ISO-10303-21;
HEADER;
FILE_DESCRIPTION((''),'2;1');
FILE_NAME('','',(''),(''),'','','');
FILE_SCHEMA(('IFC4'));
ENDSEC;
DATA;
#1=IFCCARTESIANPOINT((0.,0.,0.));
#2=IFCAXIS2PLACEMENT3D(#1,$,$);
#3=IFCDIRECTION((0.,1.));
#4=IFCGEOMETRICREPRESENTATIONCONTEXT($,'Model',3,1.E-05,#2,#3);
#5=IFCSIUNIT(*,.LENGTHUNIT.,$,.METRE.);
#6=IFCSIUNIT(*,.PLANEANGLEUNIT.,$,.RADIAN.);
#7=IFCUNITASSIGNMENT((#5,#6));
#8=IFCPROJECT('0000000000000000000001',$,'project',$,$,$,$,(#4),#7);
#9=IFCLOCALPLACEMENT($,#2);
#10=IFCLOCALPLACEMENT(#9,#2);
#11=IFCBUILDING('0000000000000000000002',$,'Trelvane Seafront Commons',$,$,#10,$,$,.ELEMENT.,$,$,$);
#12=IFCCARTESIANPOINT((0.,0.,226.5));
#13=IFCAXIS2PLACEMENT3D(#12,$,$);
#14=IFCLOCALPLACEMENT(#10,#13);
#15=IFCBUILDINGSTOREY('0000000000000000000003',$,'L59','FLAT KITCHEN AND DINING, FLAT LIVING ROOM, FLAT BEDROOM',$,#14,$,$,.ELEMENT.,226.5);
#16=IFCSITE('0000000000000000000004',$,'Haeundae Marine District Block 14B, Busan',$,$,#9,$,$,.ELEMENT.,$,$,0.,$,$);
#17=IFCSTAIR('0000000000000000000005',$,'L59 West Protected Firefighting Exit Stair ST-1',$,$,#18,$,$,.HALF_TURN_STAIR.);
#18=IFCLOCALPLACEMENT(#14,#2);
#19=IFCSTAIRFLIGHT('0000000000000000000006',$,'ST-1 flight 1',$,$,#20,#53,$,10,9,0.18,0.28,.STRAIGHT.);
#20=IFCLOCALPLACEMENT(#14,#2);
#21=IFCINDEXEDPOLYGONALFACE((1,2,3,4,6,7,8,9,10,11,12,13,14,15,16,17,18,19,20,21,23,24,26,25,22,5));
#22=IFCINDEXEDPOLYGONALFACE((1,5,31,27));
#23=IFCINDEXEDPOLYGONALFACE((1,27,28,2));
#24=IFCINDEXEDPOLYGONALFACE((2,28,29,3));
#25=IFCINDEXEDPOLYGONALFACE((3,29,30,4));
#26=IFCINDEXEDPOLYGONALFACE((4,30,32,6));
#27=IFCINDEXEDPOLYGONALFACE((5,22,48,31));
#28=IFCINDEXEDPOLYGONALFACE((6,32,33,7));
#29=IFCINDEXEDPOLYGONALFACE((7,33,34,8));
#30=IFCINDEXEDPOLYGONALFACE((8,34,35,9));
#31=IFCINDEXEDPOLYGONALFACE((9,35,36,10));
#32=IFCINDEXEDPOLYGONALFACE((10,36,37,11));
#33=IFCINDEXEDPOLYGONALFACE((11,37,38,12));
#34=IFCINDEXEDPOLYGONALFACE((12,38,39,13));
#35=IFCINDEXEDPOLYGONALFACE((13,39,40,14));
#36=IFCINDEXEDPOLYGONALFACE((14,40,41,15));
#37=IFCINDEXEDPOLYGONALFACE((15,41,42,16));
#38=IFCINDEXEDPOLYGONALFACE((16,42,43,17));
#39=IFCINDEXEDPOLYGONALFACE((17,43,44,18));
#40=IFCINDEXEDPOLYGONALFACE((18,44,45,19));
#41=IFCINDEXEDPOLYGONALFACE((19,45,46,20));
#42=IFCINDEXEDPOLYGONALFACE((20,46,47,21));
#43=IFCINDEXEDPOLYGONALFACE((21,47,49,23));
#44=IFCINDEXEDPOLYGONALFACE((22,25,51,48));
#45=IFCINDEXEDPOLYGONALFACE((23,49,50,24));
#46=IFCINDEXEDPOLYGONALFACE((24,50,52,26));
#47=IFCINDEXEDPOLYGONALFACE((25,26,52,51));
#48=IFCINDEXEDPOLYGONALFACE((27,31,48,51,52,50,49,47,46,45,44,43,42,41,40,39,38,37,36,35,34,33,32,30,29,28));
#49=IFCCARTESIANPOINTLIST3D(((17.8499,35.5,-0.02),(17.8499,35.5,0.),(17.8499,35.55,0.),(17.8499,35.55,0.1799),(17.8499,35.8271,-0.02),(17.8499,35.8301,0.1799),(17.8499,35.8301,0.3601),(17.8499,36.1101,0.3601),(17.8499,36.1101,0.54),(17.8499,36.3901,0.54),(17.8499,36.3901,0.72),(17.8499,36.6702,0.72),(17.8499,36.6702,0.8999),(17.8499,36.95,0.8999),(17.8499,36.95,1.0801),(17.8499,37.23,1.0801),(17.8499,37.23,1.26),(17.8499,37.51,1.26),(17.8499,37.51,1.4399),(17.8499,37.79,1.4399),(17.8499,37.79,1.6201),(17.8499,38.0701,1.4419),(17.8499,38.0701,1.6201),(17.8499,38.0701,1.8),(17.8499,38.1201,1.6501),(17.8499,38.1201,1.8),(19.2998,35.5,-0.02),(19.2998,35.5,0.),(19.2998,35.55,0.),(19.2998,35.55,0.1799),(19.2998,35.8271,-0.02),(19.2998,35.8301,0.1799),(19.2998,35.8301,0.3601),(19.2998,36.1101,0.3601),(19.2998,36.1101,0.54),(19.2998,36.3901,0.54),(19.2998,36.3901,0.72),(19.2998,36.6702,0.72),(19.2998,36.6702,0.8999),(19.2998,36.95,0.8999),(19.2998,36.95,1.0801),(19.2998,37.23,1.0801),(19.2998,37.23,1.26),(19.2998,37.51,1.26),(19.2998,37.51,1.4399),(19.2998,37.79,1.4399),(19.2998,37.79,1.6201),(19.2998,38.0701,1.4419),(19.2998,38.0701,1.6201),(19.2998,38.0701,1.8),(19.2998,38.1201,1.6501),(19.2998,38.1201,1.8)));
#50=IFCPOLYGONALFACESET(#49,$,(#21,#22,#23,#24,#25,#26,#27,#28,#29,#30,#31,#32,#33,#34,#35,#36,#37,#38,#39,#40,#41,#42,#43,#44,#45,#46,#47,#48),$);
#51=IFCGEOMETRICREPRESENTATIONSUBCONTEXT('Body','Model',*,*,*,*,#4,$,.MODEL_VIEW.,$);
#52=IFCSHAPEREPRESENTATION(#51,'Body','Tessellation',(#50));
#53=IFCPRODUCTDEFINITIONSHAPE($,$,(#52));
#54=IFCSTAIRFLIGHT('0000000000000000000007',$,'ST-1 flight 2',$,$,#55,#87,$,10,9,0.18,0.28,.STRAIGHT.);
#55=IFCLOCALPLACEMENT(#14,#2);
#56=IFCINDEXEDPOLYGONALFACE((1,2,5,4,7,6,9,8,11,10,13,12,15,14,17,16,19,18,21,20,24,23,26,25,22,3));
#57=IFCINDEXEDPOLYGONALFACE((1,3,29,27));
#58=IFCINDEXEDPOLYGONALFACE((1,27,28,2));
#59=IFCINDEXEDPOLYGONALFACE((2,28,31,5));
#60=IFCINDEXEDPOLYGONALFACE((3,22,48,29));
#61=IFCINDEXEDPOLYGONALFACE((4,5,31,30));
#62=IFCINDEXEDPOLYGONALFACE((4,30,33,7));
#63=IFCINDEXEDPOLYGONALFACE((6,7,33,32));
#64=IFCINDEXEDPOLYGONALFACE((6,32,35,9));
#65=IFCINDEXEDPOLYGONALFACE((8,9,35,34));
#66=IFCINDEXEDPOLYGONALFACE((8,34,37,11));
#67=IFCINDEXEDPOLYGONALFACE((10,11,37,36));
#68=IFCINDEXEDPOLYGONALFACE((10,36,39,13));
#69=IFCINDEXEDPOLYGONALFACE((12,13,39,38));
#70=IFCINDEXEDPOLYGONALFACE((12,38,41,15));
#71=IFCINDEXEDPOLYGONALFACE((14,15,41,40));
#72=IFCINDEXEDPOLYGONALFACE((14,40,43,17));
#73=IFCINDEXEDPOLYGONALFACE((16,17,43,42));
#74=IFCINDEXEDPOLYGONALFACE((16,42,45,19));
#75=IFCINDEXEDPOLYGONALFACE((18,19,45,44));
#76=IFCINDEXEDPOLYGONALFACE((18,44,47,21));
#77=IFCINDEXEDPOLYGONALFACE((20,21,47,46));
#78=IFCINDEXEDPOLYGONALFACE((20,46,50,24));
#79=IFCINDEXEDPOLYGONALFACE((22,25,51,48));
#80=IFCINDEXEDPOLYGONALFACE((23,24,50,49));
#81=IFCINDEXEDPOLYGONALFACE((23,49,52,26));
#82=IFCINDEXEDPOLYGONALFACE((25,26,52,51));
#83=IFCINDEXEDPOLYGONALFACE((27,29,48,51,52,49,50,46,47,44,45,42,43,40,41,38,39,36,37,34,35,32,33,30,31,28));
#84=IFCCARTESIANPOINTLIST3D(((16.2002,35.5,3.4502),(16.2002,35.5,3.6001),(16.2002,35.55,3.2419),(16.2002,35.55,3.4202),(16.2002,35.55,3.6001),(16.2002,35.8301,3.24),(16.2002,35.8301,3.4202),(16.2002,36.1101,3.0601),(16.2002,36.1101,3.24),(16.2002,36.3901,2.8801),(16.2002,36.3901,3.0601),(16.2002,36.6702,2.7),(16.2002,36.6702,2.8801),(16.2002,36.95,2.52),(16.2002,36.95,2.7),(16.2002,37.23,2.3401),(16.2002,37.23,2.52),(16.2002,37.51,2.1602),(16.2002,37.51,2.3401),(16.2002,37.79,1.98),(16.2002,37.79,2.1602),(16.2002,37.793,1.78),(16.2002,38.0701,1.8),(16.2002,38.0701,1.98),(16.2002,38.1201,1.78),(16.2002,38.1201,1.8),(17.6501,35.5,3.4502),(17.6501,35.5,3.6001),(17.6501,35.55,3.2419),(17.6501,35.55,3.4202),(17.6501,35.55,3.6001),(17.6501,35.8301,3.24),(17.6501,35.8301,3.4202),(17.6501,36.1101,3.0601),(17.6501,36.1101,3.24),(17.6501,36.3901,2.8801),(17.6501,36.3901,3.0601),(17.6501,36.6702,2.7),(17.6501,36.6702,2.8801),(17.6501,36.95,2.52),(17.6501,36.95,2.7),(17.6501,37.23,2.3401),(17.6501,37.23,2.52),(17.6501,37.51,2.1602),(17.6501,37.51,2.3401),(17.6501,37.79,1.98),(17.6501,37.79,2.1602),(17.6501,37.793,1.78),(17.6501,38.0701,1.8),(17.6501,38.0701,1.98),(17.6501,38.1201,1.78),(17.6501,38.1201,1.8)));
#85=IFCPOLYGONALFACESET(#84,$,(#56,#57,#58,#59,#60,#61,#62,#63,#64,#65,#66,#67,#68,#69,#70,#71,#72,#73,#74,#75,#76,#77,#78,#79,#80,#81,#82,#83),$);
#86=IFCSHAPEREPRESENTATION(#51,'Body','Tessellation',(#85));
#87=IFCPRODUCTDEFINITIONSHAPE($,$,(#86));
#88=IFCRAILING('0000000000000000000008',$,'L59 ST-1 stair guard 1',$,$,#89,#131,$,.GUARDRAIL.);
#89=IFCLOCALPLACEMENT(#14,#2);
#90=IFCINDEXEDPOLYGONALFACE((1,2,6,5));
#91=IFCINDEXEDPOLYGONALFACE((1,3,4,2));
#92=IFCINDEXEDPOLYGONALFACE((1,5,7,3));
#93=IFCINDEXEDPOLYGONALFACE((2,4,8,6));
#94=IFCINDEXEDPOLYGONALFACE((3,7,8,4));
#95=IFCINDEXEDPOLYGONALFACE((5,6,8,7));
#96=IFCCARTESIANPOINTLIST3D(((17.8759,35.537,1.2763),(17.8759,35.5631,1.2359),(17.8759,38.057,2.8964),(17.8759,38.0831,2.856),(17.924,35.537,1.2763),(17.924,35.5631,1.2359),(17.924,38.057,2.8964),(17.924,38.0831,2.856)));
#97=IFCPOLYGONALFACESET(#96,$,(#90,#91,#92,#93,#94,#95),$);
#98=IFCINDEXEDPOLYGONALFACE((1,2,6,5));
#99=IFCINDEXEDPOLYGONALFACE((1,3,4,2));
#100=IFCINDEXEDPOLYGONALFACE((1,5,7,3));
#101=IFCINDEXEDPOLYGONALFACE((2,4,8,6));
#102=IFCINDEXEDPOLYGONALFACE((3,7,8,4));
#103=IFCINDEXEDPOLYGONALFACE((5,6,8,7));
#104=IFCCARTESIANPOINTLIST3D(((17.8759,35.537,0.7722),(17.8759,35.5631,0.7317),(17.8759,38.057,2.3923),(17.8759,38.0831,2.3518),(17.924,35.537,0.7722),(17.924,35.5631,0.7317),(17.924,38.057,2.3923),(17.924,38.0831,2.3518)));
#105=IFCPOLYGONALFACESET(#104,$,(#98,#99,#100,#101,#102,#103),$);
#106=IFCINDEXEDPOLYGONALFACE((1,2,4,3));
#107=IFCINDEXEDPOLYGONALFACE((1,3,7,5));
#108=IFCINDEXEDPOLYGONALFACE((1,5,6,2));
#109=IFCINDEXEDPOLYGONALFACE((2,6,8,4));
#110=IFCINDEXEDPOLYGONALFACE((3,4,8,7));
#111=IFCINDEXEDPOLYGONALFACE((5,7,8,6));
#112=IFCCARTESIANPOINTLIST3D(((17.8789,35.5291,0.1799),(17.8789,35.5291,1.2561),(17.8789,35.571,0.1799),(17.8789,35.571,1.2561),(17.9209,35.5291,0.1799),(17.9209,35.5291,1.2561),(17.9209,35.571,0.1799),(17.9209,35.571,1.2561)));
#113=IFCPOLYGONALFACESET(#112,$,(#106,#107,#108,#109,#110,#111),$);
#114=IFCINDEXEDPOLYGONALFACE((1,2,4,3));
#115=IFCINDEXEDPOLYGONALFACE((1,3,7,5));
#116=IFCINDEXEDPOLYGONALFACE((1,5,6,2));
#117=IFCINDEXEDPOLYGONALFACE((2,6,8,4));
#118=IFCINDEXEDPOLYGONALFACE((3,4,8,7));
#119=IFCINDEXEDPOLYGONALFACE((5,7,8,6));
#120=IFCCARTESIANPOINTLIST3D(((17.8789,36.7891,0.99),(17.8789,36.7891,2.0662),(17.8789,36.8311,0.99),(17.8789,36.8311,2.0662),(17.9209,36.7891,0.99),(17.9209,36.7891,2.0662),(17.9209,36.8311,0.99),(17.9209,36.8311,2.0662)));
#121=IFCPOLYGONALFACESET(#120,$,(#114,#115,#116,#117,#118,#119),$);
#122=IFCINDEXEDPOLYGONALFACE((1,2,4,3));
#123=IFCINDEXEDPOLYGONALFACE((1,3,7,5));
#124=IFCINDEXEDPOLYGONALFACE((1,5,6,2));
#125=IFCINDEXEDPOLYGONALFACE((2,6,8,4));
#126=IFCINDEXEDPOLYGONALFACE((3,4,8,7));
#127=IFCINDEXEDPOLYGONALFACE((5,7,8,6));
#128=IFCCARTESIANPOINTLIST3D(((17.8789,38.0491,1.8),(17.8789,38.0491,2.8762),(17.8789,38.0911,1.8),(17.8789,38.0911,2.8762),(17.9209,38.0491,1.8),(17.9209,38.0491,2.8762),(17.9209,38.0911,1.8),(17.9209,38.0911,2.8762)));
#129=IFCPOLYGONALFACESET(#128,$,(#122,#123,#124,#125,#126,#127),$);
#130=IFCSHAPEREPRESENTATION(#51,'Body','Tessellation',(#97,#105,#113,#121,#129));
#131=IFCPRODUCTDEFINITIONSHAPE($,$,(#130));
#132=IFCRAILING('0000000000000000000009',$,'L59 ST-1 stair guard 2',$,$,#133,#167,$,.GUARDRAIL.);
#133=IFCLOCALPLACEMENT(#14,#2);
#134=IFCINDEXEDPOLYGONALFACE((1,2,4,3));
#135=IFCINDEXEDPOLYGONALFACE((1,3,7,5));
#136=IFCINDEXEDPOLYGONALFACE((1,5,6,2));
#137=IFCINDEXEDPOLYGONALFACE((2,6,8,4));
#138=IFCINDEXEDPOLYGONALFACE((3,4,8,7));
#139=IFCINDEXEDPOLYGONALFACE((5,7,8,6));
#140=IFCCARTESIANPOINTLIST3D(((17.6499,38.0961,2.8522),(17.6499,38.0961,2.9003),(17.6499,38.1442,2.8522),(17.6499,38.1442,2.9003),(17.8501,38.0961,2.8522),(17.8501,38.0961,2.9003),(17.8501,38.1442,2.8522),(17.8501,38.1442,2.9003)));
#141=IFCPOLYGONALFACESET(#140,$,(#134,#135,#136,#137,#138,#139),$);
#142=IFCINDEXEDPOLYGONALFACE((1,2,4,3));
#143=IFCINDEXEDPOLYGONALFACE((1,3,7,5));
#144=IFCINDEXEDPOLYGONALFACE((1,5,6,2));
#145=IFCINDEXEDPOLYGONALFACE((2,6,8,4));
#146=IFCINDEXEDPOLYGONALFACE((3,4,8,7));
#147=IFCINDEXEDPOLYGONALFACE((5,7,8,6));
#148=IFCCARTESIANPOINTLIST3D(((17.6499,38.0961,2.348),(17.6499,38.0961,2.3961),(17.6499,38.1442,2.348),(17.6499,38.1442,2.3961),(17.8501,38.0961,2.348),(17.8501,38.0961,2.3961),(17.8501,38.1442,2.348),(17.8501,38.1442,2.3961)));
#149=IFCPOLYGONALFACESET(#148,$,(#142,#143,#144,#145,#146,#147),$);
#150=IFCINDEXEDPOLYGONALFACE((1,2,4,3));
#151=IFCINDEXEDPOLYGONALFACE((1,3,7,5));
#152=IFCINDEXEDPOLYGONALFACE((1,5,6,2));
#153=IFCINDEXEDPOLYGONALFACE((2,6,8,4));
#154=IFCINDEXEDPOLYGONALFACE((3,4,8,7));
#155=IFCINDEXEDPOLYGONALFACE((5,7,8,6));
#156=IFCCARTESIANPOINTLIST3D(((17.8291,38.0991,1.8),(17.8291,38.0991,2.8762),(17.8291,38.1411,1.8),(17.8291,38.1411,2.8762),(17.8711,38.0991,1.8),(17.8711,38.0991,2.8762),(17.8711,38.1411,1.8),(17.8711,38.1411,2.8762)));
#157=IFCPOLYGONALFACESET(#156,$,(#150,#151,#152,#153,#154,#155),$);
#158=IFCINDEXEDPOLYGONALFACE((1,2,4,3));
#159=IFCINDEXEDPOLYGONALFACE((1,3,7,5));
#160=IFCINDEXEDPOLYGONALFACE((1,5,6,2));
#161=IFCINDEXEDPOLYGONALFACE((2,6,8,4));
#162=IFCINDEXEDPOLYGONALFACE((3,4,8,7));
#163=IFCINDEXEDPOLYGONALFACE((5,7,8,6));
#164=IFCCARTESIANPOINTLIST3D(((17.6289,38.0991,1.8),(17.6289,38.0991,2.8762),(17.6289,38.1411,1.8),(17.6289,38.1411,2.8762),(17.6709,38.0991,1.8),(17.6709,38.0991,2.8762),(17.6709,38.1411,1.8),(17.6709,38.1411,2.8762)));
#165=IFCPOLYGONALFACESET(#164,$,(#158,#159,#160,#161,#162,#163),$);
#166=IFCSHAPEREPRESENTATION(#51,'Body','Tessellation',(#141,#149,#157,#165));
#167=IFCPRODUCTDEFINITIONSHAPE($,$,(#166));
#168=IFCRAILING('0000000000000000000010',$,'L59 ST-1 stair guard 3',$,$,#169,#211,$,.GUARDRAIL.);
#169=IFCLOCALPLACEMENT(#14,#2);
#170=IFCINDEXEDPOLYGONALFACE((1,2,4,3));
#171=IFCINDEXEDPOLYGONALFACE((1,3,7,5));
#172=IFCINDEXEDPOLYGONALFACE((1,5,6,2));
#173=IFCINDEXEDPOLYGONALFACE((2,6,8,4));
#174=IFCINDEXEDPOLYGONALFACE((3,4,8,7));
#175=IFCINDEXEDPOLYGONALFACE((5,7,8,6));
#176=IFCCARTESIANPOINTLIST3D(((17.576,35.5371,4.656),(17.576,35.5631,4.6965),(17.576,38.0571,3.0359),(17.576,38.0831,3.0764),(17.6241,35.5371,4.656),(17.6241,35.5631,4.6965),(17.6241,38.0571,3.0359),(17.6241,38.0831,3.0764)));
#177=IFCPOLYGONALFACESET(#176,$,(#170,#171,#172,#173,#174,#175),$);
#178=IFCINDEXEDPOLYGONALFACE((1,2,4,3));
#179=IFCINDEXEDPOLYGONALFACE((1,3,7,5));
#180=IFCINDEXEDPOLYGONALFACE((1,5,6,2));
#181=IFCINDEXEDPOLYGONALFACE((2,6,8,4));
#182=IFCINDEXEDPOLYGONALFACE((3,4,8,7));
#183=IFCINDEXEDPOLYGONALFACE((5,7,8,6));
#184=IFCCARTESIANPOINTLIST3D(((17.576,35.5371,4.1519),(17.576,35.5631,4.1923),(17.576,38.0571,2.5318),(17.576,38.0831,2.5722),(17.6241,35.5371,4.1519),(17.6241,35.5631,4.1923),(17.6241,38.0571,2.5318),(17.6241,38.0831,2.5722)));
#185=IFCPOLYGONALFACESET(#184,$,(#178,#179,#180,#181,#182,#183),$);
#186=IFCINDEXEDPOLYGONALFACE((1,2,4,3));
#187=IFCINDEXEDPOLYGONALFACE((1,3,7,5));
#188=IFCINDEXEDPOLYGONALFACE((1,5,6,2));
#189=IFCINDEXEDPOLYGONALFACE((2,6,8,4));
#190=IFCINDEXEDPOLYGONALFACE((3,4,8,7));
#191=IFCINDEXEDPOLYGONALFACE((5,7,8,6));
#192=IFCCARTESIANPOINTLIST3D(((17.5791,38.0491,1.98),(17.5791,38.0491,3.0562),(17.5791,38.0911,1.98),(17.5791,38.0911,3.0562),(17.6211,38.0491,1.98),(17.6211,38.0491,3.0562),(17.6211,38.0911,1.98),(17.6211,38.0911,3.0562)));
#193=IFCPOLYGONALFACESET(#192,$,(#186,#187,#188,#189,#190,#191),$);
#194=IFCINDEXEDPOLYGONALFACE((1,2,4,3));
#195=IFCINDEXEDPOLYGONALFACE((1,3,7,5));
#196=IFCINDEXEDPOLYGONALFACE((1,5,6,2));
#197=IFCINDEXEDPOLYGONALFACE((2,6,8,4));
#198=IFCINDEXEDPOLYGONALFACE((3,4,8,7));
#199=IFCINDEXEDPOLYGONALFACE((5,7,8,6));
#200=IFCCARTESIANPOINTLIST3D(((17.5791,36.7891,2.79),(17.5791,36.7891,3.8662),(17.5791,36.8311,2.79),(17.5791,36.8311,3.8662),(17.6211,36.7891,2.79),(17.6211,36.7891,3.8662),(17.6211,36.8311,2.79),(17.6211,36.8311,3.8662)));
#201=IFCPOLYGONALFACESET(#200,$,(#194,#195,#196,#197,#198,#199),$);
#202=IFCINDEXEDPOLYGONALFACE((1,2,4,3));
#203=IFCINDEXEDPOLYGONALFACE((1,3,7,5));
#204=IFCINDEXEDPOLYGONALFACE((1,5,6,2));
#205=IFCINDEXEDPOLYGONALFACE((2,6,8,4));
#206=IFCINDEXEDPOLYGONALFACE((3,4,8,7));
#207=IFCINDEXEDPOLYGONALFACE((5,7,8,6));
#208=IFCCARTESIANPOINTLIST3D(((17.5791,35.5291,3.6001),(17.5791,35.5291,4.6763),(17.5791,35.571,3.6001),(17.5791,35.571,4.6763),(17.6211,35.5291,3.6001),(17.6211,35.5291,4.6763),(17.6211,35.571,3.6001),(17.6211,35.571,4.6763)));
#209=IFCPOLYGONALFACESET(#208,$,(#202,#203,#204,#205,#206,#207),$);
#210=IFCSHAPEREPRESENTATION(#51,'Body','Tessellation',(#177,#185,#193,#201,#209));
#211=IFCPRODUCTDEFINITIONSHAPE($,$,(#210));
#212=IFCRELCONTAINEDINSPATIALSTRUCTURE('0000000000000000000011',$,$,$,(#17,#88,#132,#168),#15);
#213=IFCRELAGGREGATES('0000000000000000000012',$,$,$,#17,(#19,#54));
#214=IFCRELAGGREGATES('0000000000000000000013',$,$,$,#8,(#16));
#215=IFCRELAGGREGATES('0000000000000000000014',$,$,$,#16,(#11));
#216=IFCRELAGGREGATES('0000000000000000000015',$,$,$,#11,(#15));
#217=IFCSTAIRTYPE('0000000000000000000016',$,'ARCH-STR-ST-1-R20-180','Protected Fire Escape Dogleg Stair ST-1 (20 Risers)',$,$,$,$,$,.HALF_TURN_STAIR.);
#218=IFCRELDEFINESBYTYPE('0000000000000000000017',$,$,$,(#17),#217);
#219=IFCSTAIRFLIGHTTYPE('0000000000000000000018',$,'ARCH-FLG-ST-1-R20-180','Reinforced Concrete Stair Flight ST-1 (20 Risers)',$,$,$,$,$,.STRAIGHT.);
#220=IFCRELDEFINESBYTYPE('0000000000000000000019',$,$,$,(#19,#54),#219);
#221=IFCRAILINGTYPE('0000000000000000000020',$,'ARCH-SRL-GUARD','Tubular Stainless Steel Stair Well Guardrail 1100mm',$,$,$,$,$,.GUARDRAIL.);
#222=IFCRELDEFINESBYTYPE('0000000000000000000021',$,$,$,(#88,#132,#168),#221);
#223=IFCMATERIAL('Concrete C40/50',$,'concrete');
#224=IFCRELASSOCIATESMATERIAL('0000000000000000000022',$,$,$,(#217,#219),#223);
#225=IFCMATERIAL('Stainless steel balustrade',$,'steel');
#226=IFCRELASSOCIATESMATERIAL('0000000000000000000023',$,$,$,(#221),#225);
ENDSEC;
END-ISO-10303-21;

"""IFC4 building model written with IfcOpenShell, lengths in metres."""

from ifc_helpers import new_model, si_unit, direction, frame, origin, origin_2d, place, context, subcontext, project, spatial, polyline, rectangle, outline, extrude, source, transform, mapped, material, type_object, element, aggregate, save


model = new_model("IFC4")

# Units and contexts
model_context = context("Model", 3, precision=1e-05, world=origin(), true_north=direction((0.0, 1.0)))
body_context = subcontext(model_context, "Body", "Model", "MODEL_VIEW")
ifc_project = project(units=[si_unit("LENGTHUNIT", "METRE"), si_unit("PLANEANGLEUNIT", "RADIAN")], contexts=[model_context])

# Site, building, storey
site_placement = place(None, origin())
site = spatial("IfcSite", under=ifc_project, at=site_placement, Name="Haeundae Marine District Block 14B, Busan", CompositionType="ELEMENT", RefElevation=0.0)
building_placement = place(site_placement, origin())
building = spatial("IfcBuilding", under=site, at=building_placement, Name="Trelvane Seafront Commons", CompositionType="ELEMENT")
storey_placement = place(building_placement, frame((0.0, 0.0, 226.5)))
storey = spatial("IfcBuildingStorey", under=building, at=storey_placement, Name="L59", Description="FLAT KITCHEN AND DINING, FLAT LIVING ROOM, FLAT BEDROOM", CompositionType="ELEMENT", Elevation=226.5)

# Shared definitions
ifc_material_1 = material(Name="Concrete C40/50", Category="concrete")
ifc_material_2 = material(Name="Stainless steel balustrade", Category="steel")

# Stair, stair flights
stair_type = type_object("IfcStairType", Name="ARCH-STR-ST-1-R20-180", Description="Protected Fire Escape Dogleg Stair ST-1 (20 Risers)", PredefinedType="HALF_TURN_STAIR", material=ifc_material_1)
stair_placement = place(storey_placement, origin())
stair = element("IfcStair", 1, at=stair_placement, inside=storey, type_object=stair_type, Name="L59 West Protected Firefighting Exit Stair ST-1", PredefinedType="HALF_TURN_STAIR")
stair_flight_type = type_object("IfcStairFlightType", Name="ARCH-FLG-ST-1-R20-180", Description="Reinforced Concrete Stair Flight ST-1 (20 Risers)", PredefinedType="STRAIGHT", material=ifc_material_1)
shared_shape_1 = source(origin(), body_context, "Body", "SweptSolid", [
    extrude(outline(polyline([(-0.05, -0.02), (-0.05, 0.0), (0.0, 0.0), (0.0, 0.1799), (0.28, 0.1799), (0.28, 0.3601), (0.5601, 0.3601), (0.5601, 0.54), (0.8401, 0.54), (0.8401, 0.72), (1.1201, 0.72), (1.1201, 0.8999), (1.3999, 0.8999), (1.3999, 1.0801), (1.6799, 1.0801), (1.6799, 1.26), (1.96, 1.26), (1.96, 1.4399), (2.24, 1.4399), (2.24, 1.6201), (2.52, 1.6201), (2.52, 1.8), (2.5701, 1.8), (2.5701, 1.6501), (2.52, 1.4419), (0.2771, -0.02), (-0.05, -0.02)])), frame((0.0, 0.7251, 0.0), z_axis=(0.0, -1.0, 0.0), x_axis=(1.0, 0.0, 0.0)), (0.0, 0.0, 1.0), 1.45),
])
stair_flight_1_placement = place(storey_placement, frame((18.575, 35.55, 0.0), z_axis=(0.0, 0.0, 1.0), x_axis=(0.0, 1.0, 0.0)))
stair_flight_1 = element("IfcStairFlight", 2, at=stair_flight_1_placement, type_object=stair_flight_type, Name="ST-1 flight 1", NumberOfRisers=10, NumberOfTreads=9, PredefinedType="STRAIGHT", RiserHeight=0.18, TreadLength=0.28, context=body_context, shape_type="MappedRepresentation", body=[
    mapped(shared_shape_1, transform((0.0, 0.0, 0.0), x_axis=(1.0, 0.0, 0.0), y_axis=(0.0, 1.0, 0.0), z_axis=(0.0, 0.0, 1.0), scale=1.0)),
])
stair_flight_2_placement = place(storey_placement, frame((16.925, 38.0701, 1.8), z_axis=(0.0, 0.0, 1.0), x_axis=(0.0, -1.0, 0.0)))
stair_flight_2 = element("IfcStairFlight", 3, at=stair_flight_2_placement, type_object=stair_flight_type, Name="ST-1 flight 2", NumberOfRisers=10, NumberOfTreads=9, PredefinedType="STRAIGHT", RiserHeight=0.18, TreadLength=0.28, context=body_context, shape_type="MappedRepresentation", body=[
    mapped(shared_shape_1, transform((0.0, 0.0, 0.0), x_axis=(1.0, 0.0, 0.0), y_axis=(0.0, 1.0, 0.0), z_axis=(0.0, 0.0, 1.0), scale=1.0)),
])
aggregate(stair, [stair_flight_1, stair_flight_2])

# Railings
railing_type_1 = type_object("IfcRailingType", Name="ARCH-SRL-GUARD", Description="Tubular Stainless Steel Stair Well Guardrail 1100mm", PredefinedType="GUARDRAIL", material=ifc_material_2)
railing_1_placement = place(storey_placement, frame((17.8999, 35.55, 0.1799)))
element("IfcRailing", 4, at=railing_1_placement, inside=storey, type_object=railing_type_1, Name="L59 ST-1 stair guard 1", PredefinedType="GUARDRAIL", context=body_context, shape_type="SweptSolid", body=[
    extrude(rectangle(XDim=0.0481, YDim=0.0481, at=origin_2d()), frame((0.0, 0.0, 1.0762), z_axis=(0.0, 0.841163, 0.540782), x_axis=(-1.0, 0.0, 0.0)), (0.0, 0.0, 1.0), 2.9958),
    extrude(rectangle(XDim=0.0481, YDim=0.0481, at=origin_2d()), frame((0.0, 0.0, 0.572), z_axis=(0.0, 0.841163, 0.540782), x_axis=(-1.0, 0.0, 0.0)), (0.0, 0.0, 1.0), 2.9958),
    extrude(rectangle(XDim=0.042, YDim=0.042, at=origin_2d()), origin(), (0.0, 0.0, 1.0), 1.0762),
    extrude(rectangle(XDim=0.042, YDim=0.042, at=origin_2d()), frame((0.0, 1.26, 0.8101)), (0.0, 0.0, 1.0), 1.0762),
    extrude(rectangle(XDim=0.042, YDim=0.042, at=origin_2d()), frame((0.0, 2.52, 1.6201)), (0.0, 0.0, 1.0), 1.0762),
])
railing_2_placement = place(storey_placement, frame((17.8501, 38.1201, 1.8)))
element("IfcRailing", 5, at=railing_2_placement, inside=storey, type_object=railing_type_1, Name="L59 ST-1 stair guard 2", PredefinedType="GUARDRAIL", context=body_context, shape_type="SweptSolid", body=[
    extrude(rectangle(XDim=0.0481, YDim=0.0481, at=origin_2d()), frame((0.0, 0.0, 1.0762), z_axis=(-1.0, 0.0, 0.0), x_axis=(0.0, -1.0, 0.0)), (0.0, 0.0, 1.0), 0.2002),
    extrude(rectangle(XDim=0.0481, YDim=0.0481, at=origin_2d()), frame((0.0, 0.0, 0.572), z_axis=(-1.0, 0.0, 0.0), x_axis=(0.0, -1.0, 0.0)), (0.0, 0.0, 1.0), 0.2002),
    extrude(rectangle(XDim=0.042, YDim=0.042, at=origin_2d()), origin(), (0.0, 0.0, 1.0), 1.0762),
    extrude(rectangle(XDim=0.042, YDim=0.042, at=origin_2d()), frame((-0.2002, 0.0, 0.0)), (0.0, 0.0, 1.0), 1.0762),
])
railing_3_placement = place(storey_placement, frame((17.6001, 38.0701, 1.98)))
element("IfcRailing", 6, at=railing_3_placement, inside=storey, type_object=railing_type_1, Name="L59 ST-1 stair guard 3", PredefinedType="GUARDRAIL", context=body_context, shape_type="SweptSolid", body=[
    extrude(rectangle(XDim=0.0481, YDim=0.0481, at=origin_2d()), frame((0.0, 0.0, 1.0762), z_axis=(0.0, -0.841163, 0.540782), x_axis=(1.0, 0.0, 0.0)), (0.0, 0.0, 1.0), 2.9958),
    extrude(rectangle(XDim=0.0481, YDim=0.0481, at=origin_2d()), frame((0.0, 0.0, 0.572), z_axis=(0.0, -0.841163, 0.540782), x_axis=(1.0, 0.0, 0.0)), (0.0, 0.0, 1.0), 2.9958),
    extrude(rectangle(XDim=0.042, YDim=0.042, at=origin_2d()), origin(), (0.0, 0.0, 1.0), 1.0762),
    extrude(rectangle(XDim=0.042, YDim=0.042, at=origin_2d()), frame((0.0, -1.26, 0.8101)), (0.0, 0.0, 1.0), 1.0762),
    extrude(rectangle(XDim=0.042, YDim=0.042, at=origin_2d()), frame((0.0, -2.52, 1.6201)), (0.0, 0.0, 1.0), 1.0762),
])

save(model, "model.ifc")
